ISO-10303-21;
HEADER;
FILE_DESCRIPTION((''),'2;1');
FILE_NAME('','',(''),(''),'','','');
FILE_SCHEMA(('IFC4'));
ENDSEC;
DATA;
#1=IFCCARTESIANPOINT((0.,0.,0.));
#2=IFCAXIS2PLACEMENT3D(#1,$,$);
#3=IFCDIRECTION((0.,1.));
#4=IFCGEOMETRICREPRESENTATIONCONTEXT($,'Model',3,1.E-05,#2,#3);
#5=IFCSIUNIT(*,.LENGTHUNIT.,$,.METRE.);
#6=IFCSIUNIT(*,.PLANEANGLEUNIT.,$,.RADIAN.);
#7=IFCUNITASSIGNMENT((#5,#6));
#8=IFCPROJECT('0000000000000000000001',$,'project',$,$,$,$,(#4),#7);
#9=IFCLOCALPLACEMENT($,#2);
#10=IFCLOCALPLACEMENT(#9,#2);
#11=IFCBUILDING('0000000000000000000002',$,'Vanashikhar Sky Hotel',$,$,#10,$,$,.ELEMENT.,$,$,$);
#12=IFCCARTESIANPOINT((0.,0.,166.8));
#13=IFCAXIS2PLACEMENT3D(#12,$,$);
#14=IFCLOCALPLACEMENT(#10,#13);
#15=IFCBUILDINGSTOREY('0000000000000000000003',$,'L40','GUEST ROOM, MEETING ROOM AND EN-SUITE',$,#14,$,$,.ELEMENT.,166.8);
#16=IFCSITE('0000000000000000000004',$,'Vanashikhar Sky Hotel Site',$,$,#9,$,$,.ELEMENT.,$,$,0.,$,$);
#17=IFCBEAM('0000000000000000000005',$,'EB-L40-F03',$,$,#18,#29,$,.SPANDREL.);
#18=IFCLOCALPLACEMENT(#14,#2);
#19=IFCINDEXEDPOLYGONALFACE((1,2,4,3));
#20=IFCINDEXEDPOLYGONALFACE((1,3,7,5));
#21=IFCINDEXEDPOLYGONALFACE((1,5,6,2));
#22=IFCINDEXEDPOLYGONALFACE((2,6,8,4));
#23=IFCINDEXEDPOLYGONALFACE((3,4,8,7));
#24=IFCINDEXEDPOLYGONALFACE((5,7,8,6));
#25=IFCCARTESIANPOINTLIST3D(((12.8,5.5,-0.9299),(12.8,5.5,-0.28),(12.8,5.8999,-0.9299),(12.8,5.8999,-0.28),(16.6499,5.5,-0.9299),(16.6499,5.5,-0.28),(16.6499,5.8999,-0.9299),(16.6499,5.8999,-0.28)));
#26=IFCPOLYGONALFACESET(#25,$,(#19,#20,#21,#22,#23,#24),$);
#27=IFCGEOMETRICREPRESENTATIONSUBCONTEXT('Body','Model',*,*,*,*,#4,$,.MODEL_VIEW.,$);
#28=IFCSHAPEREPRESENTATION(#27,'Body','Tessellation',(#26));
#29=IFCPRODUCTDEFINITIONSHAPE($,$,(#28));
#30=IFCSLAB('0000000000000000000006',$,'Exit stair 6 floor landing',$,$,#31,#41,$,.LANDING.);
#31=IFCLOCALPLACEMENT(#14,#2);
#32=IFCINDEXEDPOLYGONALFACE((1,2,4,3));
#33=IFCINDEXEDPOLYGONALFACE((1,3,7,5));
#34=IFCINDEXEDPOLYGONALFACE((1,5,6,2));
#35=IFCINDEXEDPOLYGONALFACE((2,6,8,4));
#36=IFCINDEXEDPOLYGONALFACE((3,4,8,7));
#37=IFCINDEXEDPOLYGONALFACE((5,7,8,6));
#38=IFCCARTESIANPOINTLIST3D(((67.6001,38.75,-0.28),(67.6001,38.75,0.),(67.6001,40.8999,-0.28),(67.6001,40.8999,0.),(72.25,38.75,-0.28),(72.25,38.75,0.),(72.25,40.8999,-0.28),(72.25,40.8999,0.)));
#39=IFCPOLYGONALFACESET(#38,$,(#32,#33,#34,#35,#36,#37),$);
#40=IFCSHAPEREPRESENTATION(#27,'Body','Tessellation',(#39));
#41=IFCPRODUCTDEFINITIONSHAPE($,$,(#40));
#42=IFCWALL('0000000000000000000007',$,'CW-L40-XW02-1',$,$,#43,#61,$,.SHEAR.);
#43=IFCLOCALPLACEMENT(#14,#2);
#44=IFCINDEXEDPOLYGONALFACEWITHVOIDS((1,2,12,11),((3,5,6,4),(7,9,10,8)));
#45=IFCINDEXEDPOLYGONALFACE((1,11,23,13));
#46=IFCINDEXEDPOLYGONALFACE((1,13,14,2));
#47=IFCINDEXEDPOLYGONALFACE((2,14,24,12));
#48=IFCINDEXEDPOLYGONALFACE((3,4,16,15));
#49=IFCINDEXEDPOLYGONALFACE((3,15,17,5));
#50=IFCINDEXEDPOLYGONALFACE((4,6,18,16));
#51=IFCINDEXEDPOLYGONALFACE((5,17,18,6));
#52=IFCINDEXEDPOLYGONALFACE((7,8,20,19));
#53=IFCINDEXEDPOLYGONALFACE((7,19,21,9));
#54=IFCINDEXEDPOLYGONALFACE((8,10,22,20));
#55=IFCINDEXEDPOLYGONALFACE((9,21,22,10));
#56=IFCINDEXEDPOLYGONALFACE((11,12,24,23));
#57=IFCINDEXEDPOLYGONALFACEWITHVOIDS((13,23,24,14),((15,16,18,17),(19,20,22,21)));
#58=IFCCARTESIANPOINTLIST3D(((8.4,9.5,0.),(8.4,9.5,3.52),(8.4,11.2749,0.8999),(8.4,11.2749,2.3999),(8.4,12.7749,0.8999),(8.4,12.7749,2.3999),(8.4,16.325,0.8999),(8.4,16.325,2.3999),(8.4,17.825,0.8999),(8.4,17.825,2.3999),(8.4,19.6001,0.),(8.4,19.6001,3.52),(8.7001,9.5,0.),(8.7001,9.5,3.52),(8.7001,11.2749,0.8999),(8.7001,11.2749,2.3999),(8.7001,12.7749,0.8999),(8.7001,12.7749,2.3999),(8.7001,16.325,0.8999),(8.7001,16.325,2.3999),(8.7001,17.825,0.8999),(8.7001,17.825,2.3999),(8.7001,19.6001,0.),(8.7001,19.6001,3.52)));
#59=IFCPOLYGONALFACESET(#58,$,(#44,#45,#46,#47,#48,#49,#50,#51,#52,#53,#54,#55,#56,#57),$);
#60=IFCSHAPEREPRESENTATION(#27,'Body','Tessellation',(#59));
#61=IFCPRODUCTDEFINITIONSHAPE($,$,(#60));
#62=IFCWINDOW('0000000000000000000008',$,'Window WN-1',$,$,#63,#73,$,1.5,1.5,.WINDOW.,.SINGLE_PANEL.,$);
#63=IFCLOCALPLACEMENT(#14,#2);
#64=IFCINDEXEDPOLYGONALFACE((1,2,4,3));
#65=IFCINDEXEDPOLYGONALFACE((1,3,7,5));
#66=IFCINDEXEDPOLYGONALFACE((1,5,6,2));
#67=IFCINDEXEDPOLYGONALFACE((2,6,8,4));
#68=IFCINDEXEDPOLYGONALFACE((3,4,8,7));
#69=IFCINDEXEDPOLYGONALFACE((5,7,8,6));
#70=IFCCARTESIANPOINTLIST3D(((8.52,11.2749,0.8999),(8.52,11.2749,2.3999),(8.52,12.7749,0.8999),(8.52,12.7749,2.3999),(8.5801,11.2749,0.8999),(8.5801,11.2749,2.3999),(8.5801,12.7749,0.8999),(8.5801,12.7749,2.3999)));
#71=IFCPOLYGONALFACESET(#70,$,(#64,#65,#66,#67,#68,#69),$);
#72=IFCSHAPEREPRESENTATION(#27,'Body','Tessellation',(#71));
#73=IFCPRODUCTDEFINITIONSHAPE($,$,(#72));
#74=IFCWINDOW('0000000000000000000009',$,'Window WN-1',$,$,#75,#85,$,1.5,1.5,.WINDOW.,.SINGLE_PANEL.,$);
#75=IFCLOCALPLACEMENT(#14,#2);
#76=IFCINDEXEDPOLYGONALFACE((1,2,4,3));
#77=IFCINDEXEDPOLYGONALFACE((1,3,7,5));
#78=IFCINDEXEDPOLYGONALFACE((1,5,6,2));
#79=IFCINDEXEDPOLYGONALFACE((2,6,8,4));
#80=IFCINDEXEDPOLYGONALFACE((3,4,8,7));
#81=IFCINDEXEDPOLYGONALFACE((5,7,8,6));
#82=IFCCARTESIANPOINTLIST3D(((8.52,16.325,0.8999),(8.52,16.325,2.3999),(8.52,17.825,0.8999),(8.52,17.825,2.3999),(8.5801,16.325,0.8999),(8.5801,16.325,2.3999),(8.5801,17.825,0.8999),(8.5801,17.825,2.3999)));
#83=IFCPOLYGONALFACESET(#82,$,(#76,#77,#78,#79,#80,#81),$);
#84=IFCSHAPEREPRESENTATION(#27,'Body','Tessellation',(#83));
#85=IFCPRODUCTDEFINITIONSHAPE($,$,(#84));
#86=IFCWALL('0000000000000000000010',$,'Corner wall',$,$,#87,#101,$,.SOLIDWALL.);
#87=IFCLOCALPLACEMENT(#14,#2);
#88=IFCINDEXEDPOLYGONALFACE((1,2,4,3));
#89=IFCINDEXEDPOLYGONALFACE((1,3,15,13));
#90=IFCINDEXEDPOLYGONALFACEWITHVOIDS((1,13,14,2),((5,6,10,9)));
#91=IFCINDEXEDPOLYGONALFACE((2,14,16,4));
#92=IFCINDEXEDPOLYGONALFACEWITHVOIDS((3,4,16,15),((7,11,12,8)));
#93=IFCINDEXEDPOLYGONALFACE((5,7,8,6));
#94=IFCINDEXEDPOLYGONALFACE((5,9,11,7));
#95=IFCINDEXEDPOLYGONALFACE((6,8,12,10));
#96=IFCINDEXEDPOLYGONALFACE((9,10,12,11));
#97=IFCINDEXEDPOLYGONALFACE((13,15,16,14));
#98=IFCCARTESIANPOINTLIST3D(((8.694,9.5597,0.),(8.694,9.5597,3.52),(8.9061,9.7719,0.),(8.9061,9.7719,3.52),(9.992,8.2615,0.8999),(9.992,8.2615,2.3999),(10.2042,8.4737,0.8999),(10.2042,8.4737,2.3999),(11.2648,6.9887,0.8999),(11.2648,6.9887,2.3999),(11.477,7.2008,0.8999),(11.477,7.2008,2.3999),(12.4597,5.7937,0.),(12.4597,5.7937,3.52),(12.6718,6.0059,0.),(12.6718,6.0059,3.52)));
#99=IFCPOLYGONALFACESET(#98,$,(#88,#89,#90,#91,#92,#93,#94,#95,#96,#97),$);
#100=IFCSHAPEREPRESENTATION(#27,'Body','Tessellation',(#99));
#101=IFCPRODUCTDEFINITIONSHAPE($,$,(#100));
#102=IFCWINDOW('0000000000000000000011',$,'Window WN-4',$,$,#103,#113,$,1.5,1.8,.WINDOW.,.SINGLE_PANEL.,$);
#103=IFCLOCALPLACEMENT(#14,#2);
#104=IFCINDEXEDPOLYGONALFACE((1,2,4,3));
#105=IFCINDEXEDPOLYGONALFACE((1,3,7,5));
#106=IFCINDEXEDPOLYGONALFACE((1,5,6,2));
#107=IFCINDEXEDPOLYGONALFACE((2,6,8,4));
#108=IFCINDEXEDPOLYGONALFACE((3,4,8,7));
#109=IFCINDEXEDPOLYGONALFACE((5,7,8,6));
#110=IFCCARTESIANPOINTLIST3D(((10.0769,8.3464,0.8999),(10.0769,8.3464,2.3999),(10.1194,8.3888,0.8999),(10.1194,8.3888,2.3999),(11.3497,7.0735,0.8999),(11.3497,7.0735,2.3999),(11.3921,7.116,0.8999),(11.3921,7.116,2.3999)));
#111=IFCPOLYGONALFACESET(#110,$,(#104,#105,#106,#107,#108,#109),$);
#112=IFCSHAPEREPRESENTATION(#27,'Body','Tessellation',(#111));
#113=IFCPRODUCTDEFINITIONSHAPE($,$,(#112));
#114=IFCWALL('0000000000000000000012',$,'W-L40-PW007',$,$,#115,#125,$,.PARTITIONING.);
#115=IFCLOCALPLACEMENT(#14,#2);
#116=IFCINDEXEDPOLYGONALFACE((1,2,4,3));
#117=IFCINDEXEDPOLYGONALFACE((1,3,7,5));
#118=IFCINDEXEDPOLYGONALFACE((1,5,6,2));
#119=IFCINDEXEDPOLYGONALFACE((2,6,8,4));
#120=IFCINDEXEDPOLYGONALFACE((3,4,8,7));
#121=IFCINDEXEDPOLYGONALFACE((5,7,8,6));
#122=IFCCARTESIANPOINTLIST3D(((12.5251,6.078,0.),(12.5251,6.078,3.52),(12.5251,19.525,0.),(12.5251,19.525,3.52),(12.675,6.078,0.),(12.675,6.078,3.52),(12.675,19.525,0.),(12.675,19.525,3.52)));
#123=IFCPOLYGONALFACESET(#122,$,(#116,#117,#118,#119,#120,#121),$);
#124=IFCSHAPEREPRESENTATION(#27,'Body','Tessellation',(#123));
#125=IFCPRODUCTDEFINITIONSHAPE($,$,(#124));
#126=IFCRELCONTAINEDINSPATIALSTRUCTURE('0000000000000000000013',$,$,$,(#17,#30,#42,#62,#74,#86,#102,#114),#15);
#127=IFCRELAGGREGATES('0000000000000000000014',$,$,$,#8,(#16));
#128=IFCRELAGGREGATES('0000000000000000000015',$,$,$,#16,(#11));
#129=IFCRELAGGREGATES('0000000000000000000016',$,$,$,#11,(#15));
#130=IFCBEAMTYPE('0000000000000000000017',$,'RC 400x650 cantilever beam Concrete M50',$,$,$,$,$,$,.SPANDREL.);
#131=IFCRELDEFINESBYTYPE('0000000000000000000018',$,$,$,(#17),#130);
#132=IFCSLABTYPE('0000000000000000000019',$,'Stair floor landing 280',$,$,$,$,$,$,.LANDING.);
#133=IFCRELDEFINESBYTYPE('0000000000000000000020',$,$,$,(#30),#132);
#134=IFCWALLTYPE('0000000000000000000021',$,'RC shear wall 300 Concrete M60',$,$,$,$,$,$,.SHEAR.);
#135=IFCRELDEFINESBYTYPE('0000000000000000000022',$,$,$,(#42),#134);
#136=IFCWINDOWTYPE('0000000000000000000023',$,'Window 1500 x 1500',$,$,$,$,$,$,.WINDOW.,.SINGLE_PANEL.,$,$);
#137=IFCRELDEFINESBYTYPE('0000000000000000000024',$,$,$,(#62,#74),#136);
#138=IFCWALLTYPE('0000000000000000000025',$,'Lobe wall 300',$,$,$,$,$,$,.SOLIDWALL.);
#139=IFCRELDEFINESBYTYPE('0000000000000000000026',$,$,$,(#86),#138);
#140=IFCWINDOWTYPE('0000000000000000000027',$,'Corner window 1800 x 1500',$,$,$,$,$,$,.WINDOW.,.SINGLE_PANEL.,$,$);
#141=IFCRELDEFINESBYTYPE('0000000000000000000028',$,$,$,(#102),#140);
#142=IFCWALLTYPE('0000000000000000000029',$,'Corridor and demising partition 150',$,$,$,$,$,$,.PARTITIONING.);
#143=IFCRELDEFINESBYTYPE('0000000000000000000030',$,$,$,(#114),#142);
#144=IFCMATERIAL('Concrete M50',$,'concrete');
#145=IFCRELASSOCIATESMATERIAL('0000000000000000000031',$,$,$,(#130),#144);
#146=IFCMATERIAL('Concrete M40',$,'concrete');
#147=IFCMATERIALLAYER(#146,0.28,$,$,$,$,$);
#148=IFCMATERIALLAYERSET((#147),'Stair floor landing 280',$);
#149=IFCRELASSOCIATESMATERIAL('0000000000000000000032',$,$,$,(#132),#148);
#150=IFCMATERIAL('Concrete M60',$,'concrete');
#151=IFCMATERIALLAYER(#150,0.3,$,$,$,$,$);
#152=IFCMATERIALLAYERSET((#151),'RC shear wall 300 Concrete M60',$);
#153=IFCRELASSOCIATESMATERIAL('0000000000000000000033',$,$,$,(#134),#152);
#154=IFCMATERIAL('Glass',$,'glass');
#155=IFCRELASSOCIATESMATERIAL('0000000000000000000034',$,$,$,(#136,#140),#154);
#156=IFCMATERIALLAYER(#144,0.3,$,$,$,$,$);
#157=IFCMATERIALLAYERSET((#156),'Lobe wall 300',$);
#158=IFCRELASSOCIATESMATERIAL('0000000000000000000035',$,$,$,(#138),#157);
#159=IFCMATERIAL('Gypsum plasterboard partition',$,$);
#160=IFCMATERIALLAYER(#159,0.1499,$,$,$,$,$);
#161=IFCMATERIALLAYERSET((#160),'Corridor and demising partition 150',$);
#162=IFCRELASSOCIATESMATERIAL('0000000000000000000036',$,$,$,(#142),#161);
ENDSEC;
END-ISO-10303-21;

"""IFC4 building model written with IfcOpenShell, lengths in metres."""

from ifc_helpers import new_model, si_unit, direction, frame, frame_2d, origin, origin_2d, place, context, subcontext, project, spatial, polyline, rectangle, outline, extrude, source, transform, mapped, material, layer, layer_set, material_profile, profile_set, type_object, element, fill, save


model = new_model("IFC4")

# Units and contexts
model_context = context("Model", 3, precision=1e-05, world=origin(), true_north=direction((0.0, 1.0)))
body_context = subcontext(model_context, "Body", "Model", "MODEL_VIEW")
ifc_project = project(units=[si_unit("LENGTHUNIT", "METRE"), si_unit("PLANEANGLEUNIT", "RADIAN")], contexts=[model_context])

# Site, building, storey
site_placement = place(None, origin())
site = spatial("IfcSite", under=ifc_project, at=site_placement, Name="Vanashikhar Sky Hotel Site", CompositionType="ELEMENT", RefElevation=0.0)
building_placement = place(site_placement, origin())
building = spatial("IfcBuilding", under=site, at=building_placement, Name="Vanashikhar Sky Hotel", CompositionType="ELEMENT")
storey_placement = place(building_placement, frame((0.0, 0.0, 166.8)))
storey = spatial("IfcBuildingStorey", under=building, at=storey_placement, Name="L40", Description="GUEST ROOM, MEETING ROOM AND EN-SUITE", CompositionType="ELEMENT", Elevation=166.8)

# Beam
ifc_material_1 = material(Name="Concrete M50", Category="concrete")
ifc_material_profile = material_profile(ifc_material_1, rectangle(XDim=0.3999, YDim=0.6499, at=origin_2d()))
ifc_profile_set = profile_set([ifc_material_profile], Name="RC 400x650 cantilever beam Concrete M50")
beam_type = type_object("IfcBeamType", Name="RC 400x650 cantilever beam Concrete M50", PredefinedType="SPANDREL", material=ifc_profile_set)
shared_shape_1 = source(origin(), body_context, "Body", "SweptSolid", [
    extrude(rectangle(XDim=0.3999, YDim=0.6499, at=origin_2d()), origin(), (0.0, 0.0, 1.0), 3.8499),
])
beam_placement = place(storey_placement, frame((12.8, 5.7, -0.605), z_axis=(1.0, 0.0, 0.0), x_axis=(0.0, 1.0, 0.0)))
element("IfcBeam", 1, at=beam_placement, inside=storey, type_object=beam_type, Name="EB-L40-F03", PredefinedType="SPANDREL", context=body_context, shape_type="MappedRepresentation", body=[
    mapped(shared_shape_1, transform((0.0, 0.0, 0.0), scale=1.0)),
])

# Slab
ifc_material_2 = material(Name="Concrete M40", Category="concrete")
ifc_layer_1 = layer(ifc_material_2, 0.28)
ifc_layer_set_1 = layer_set([ifc_layer_1], Name="Stair floor landing 280")
slab_type = type_object("IfcSlabType", Name="Stair floor landing 280", PredefinedType="LANDING", material=ifc_layer_set_1)
shared_shape_2 = source(origin(), body_context, "Body", "SweptSolid", [
    extrude(outline(polyline([(72.25, 38.75), (72.25, 40.8999), (67.6001, 40.8999), (67.6001, 38.75), (72.25, 38.75)])), origin(), (0.0, 0.0, 1.0), 0.28),
])
slab_placement = place(storey_placement, frame((0.0, 0.0, -0.28)))
element("IfcSlab", 2, at=slab_placement, inside=storey, type_object=slab_type, Name="Exit stair 6 floor landing", PredefinedType="LANDING", context=body_context, shape_type="MappedRepresentation", body=[
    mapped(shared_shape_2, transform((0.0, 0.0, 0.0), scale=1.0)),
])

# Wall, openings, windows
ifc_material_3 = material(Name="Concrete M60", Category="concrete")
ifc_layer_2 = layer(ifc_material_3, 0.3)
ifc_layer_set_2 = layer_set([ifc_layer_2], Name="RC shear wall 300 Concrete M60")
wall_type_1 = type_object("IfcWallType", Name="RC shear wall 300 Concrete M60", PredefinedType="SHEAR", material=ifc_layer_set_2)
shared_shape_3 = source(origin(), body_context, "Body", "SweptSolid", [
    extrude(rectangle(XDim=10.1001, YDim=0.3, at=frame_2d((5.05, 0.0))), origin(), (0.0, 0.0, 1.0), 3.52),
])
wall_1_placement = place(storey_placement, frame((8.55, 9.5, 0.0), z_axis=(0.0, 0.0, 1.0), x_axis=(0.0, 1.0, 0.0)))
wall_1 = element("IfcWall", 3, at=wall_1_placement, inside=storey, type_object=wall_type_1, Name="CW-L40-XW02-1", PredefinedType="SHEAR", context=body_context, shape_type="MappedRepresentation", body=[
    mapped(shared_shape_3, transform((0.0, 0.0, 0.0), scale=1.0)),
])
shared_shape_4 = source(origin(), body_context, "Body", "SweptSolid", [
    extrude(rectangle(XDim=1.5, YDim=1.5, at=frame_2d((0.75, 0.75))), frame((0.0, 0.1602, 0.0), z_axis=(0.0, -1.0, 0.0), x_axis=(1.0, 0.0, 0.0)), (0.0, 0.0, 1.0), 0.3201),
])
opening_1_placement = place(wall_1_placement, frame((1.7749, 0.0, 0.8999)))
opening_1 = element("IfcOpeningElement", 4, at=opening_1_placement, cuts=wall_1, PredefinedType="OPENING", context=body_context, shape_type="MappedRepresentation", body=[
    mapped(shared_shape_4, transform((0.0, 0.0, 0.0), scale=1.0)),
])
opening_2_placement = place(wall_1_placement, frame((6.825, 0.0, 0.8999)))
opening_2 = element("IfcOpeningElement", 5, at=opening_2_placement, cuts=wall_1, PredefinedType="OPENING", context=body_context, shape_type="MappedRepresentation", body=[
    mapped(shared_shape_4, transform((0.0, 0.0, 0.0), scale=1.0)),
])
ifc_material_4 = material(Name="Glass", Category="glass")
window_type_1 = type_object("IfcWindowType", Name="Window 1500 x 1500", PartitioningType="SINGLE_PANEL", PredefinedType="WINDOW", material=ifc_material_4)
shared_shape_5 = source(origin(), body_context, "Body", "SweptSolid", [
    extrude(rectangle(XDim=1.5, YDim=1.5, at=frame_2d((0.75, 0.75))), frame((0.0, 0.03, 0.0), z_axis=(0.0, -1.0, 0.0), x_axis=(1.0, 0.0, 0.0)), (0.0, 0.0, 1.0), 0.0601),
])
window_1_placement = place(opening_1_placement, origin())
window_1 = element("IfcWindow", 6, at=window_1_placement, inside=storey, type_object=window_type_1, Name="Window WN-1", OverallHeight=1.5, OverallWidth=1.5, PartitioningType="SINGLE_PANEL", PredefinedType="WINDOW", context=body_context, shape_type="MappedRepresentation", body=[
    mapped(shared_shape_5, transform((0.0, 0.0, 0.0), scale=1.0)),
])
fill(opening_1, window_1)
window_2_placement = place(opening_2_placement, origin())
window_2 = element("IfcWindow", 7, at=window_2_placement, inside=storey, type_object=window_type_1, Name="Window WN-1", OverallHeight=1.5, OverallWidth=1.5, PartitioningType="SINGLE_PANEL", PredefinedType="WINDOW", context=body_context, shape_type="MappedRepresentation", body=[
    mapped(shared_shape_5, transform((0.0, 0.0, 0.0), scale=1.0)),
])
fill(opening_2, window_2)

# Wall, opening, window
ifc_layer_3 = layer(ifc_material_1, 0.3)
ifc_layer_set_3 = layer_set([ifc_layer_3], Name="Lobe wall 300")
wall_type_2 = type_object("IfcWallType", Name="Lobe wall 300", PredefinedType="SOLIDWALL", material=ifc_layer_set_3)
shared_shape_6 = source(origin(), body_context, "Body", "SweptSolid", [
    extrude(rectangle(XDim=5.3257, YDim=0.3, at=frame_2d((2.6628, 0.0))), origin(), (0.0, 0.0, 1.0), 3.52),
])
wall_2_placement = place(storey_placement, frame((8.8, 9.6658, 0.0), z_axis=(0.0, 0.0, 1.0), x_axis=(0.707084, -0.70713, 0.0)))
wall_2 = element("IfcWall", 8, at=wall_2_placement, inside=storey, type_object=wall_type_2, Name="Corner wall", PredefinedType="SOLIDWALL", context=body_context, shape_type="MappedRepresentation", body=[
    mapped(shared_shape_6, transform((0.0, 0.0, 0.0), scale=1.0)),
])
shared_shape_7 = source(origin(), body_context, "Body", "SweptSolid", [
    extrude(rectangle(XDim=1.8, YDim=1.5, at=frame_2d((0.8999, 0.75))), frame((0.0, 0.1602, 0.0), z_axis=(0.0, -1.0, 0.0), x_axis=(1.0, 0.0, 0.0)), (0.0, 0.0, 1.0), 0.3201),
])
opening_3_placement = place(wall_2_placement, frame((1.8359, 0.0, 0.8999)))
opening_3 = element("IfcOpeningElement", 9, at=opening_3_placement, cuts=wall_2, PredefinedType="OPENING", context=body_context, shape_type="MappedRepresentation", body=[
    mapped(shared_shape_7, transform((0.0, 0.0, 0.0), scale=1.0)),
])
window_type_2 = type_object("IfcWindowType", Name="Corner window 1800 x 1500", PartitioningType="SINGLE_PANEL", PredefinedType="WINDOW", material=ifc_material_4)
shared_shape_8 = source(origin(), body_context, "Body", "SweptSolid", [
    extrude(rectangle(XDim=1.8, YDim=1.5, at=frame_2d((0.8999, 0.75))), frame((0.0, 0.03, 0.0), z_axis=(0.0, -1.0, 0.0), x_axis=(1.0, 0.0, 0.0)), (0.0, 0.0, 1.0), 0.0601),
])
window_3_placement = place(opening_3_placement, origin())
window_3 = element("IfcWindow", 10, at=window_3_placement, inside=storey, type_object=window_type_2, Name="Window WN-4", OverallHeight=1.5, OverallWidth=1.8, PartitioningType="SINGLE_PANEL", PredefinedType="WINDOW", context=body_context, shape_type="MappedRepresentation", body=[
    mapped(shared_shape_8, transform((0.0, 0.0, 0.0), scale=1.0)),
])
fill(opening_3, window_3)

# Wall
ifc_material_5 = material(Name="Gypsum plasterboard partition")
ifc_layer_4 = layer(ifc_material_5, 0.1499)
ifc_layer_set_4 = layer_set([ifc_layer_4], Name="Corridor and demising partition 150")
wall_type_3 = type_object("IfcWallType", Name="Corridor and demising partition 150", PredefinedType="PARTITIONING", material=ifc_layer_set_4)
shared_shape_9 = source(origin(), body_context, "Body", "SweptSolid", [
    extrude(rectangle(XDim=13.447, YDim=0.1499, at=frame_2d((6.7236, 0.0))), origin(), (0.0, 0.0, 1.0), 3.52),
])
wall_3_placement = place(storey_placement, frame((12.6001, 6.0779, 0.0), z_axis=(0.0, 0.0, 1.0), x_axis=(0.0, 1.0, 0.0)))
element("IfcWall", 11, at=wall_3_placement, inside=storey, type_object=wall_type_3, Name="W-L40-PW007", PredefinedType="PARTITIONING", context=body_context, shape_type="MappedRepresentation", body=[
    mapped(shared_shape_9, transform((0.0, 0.0, 0.0), scale=1.0)),
])

save(model, "model.ifc")
